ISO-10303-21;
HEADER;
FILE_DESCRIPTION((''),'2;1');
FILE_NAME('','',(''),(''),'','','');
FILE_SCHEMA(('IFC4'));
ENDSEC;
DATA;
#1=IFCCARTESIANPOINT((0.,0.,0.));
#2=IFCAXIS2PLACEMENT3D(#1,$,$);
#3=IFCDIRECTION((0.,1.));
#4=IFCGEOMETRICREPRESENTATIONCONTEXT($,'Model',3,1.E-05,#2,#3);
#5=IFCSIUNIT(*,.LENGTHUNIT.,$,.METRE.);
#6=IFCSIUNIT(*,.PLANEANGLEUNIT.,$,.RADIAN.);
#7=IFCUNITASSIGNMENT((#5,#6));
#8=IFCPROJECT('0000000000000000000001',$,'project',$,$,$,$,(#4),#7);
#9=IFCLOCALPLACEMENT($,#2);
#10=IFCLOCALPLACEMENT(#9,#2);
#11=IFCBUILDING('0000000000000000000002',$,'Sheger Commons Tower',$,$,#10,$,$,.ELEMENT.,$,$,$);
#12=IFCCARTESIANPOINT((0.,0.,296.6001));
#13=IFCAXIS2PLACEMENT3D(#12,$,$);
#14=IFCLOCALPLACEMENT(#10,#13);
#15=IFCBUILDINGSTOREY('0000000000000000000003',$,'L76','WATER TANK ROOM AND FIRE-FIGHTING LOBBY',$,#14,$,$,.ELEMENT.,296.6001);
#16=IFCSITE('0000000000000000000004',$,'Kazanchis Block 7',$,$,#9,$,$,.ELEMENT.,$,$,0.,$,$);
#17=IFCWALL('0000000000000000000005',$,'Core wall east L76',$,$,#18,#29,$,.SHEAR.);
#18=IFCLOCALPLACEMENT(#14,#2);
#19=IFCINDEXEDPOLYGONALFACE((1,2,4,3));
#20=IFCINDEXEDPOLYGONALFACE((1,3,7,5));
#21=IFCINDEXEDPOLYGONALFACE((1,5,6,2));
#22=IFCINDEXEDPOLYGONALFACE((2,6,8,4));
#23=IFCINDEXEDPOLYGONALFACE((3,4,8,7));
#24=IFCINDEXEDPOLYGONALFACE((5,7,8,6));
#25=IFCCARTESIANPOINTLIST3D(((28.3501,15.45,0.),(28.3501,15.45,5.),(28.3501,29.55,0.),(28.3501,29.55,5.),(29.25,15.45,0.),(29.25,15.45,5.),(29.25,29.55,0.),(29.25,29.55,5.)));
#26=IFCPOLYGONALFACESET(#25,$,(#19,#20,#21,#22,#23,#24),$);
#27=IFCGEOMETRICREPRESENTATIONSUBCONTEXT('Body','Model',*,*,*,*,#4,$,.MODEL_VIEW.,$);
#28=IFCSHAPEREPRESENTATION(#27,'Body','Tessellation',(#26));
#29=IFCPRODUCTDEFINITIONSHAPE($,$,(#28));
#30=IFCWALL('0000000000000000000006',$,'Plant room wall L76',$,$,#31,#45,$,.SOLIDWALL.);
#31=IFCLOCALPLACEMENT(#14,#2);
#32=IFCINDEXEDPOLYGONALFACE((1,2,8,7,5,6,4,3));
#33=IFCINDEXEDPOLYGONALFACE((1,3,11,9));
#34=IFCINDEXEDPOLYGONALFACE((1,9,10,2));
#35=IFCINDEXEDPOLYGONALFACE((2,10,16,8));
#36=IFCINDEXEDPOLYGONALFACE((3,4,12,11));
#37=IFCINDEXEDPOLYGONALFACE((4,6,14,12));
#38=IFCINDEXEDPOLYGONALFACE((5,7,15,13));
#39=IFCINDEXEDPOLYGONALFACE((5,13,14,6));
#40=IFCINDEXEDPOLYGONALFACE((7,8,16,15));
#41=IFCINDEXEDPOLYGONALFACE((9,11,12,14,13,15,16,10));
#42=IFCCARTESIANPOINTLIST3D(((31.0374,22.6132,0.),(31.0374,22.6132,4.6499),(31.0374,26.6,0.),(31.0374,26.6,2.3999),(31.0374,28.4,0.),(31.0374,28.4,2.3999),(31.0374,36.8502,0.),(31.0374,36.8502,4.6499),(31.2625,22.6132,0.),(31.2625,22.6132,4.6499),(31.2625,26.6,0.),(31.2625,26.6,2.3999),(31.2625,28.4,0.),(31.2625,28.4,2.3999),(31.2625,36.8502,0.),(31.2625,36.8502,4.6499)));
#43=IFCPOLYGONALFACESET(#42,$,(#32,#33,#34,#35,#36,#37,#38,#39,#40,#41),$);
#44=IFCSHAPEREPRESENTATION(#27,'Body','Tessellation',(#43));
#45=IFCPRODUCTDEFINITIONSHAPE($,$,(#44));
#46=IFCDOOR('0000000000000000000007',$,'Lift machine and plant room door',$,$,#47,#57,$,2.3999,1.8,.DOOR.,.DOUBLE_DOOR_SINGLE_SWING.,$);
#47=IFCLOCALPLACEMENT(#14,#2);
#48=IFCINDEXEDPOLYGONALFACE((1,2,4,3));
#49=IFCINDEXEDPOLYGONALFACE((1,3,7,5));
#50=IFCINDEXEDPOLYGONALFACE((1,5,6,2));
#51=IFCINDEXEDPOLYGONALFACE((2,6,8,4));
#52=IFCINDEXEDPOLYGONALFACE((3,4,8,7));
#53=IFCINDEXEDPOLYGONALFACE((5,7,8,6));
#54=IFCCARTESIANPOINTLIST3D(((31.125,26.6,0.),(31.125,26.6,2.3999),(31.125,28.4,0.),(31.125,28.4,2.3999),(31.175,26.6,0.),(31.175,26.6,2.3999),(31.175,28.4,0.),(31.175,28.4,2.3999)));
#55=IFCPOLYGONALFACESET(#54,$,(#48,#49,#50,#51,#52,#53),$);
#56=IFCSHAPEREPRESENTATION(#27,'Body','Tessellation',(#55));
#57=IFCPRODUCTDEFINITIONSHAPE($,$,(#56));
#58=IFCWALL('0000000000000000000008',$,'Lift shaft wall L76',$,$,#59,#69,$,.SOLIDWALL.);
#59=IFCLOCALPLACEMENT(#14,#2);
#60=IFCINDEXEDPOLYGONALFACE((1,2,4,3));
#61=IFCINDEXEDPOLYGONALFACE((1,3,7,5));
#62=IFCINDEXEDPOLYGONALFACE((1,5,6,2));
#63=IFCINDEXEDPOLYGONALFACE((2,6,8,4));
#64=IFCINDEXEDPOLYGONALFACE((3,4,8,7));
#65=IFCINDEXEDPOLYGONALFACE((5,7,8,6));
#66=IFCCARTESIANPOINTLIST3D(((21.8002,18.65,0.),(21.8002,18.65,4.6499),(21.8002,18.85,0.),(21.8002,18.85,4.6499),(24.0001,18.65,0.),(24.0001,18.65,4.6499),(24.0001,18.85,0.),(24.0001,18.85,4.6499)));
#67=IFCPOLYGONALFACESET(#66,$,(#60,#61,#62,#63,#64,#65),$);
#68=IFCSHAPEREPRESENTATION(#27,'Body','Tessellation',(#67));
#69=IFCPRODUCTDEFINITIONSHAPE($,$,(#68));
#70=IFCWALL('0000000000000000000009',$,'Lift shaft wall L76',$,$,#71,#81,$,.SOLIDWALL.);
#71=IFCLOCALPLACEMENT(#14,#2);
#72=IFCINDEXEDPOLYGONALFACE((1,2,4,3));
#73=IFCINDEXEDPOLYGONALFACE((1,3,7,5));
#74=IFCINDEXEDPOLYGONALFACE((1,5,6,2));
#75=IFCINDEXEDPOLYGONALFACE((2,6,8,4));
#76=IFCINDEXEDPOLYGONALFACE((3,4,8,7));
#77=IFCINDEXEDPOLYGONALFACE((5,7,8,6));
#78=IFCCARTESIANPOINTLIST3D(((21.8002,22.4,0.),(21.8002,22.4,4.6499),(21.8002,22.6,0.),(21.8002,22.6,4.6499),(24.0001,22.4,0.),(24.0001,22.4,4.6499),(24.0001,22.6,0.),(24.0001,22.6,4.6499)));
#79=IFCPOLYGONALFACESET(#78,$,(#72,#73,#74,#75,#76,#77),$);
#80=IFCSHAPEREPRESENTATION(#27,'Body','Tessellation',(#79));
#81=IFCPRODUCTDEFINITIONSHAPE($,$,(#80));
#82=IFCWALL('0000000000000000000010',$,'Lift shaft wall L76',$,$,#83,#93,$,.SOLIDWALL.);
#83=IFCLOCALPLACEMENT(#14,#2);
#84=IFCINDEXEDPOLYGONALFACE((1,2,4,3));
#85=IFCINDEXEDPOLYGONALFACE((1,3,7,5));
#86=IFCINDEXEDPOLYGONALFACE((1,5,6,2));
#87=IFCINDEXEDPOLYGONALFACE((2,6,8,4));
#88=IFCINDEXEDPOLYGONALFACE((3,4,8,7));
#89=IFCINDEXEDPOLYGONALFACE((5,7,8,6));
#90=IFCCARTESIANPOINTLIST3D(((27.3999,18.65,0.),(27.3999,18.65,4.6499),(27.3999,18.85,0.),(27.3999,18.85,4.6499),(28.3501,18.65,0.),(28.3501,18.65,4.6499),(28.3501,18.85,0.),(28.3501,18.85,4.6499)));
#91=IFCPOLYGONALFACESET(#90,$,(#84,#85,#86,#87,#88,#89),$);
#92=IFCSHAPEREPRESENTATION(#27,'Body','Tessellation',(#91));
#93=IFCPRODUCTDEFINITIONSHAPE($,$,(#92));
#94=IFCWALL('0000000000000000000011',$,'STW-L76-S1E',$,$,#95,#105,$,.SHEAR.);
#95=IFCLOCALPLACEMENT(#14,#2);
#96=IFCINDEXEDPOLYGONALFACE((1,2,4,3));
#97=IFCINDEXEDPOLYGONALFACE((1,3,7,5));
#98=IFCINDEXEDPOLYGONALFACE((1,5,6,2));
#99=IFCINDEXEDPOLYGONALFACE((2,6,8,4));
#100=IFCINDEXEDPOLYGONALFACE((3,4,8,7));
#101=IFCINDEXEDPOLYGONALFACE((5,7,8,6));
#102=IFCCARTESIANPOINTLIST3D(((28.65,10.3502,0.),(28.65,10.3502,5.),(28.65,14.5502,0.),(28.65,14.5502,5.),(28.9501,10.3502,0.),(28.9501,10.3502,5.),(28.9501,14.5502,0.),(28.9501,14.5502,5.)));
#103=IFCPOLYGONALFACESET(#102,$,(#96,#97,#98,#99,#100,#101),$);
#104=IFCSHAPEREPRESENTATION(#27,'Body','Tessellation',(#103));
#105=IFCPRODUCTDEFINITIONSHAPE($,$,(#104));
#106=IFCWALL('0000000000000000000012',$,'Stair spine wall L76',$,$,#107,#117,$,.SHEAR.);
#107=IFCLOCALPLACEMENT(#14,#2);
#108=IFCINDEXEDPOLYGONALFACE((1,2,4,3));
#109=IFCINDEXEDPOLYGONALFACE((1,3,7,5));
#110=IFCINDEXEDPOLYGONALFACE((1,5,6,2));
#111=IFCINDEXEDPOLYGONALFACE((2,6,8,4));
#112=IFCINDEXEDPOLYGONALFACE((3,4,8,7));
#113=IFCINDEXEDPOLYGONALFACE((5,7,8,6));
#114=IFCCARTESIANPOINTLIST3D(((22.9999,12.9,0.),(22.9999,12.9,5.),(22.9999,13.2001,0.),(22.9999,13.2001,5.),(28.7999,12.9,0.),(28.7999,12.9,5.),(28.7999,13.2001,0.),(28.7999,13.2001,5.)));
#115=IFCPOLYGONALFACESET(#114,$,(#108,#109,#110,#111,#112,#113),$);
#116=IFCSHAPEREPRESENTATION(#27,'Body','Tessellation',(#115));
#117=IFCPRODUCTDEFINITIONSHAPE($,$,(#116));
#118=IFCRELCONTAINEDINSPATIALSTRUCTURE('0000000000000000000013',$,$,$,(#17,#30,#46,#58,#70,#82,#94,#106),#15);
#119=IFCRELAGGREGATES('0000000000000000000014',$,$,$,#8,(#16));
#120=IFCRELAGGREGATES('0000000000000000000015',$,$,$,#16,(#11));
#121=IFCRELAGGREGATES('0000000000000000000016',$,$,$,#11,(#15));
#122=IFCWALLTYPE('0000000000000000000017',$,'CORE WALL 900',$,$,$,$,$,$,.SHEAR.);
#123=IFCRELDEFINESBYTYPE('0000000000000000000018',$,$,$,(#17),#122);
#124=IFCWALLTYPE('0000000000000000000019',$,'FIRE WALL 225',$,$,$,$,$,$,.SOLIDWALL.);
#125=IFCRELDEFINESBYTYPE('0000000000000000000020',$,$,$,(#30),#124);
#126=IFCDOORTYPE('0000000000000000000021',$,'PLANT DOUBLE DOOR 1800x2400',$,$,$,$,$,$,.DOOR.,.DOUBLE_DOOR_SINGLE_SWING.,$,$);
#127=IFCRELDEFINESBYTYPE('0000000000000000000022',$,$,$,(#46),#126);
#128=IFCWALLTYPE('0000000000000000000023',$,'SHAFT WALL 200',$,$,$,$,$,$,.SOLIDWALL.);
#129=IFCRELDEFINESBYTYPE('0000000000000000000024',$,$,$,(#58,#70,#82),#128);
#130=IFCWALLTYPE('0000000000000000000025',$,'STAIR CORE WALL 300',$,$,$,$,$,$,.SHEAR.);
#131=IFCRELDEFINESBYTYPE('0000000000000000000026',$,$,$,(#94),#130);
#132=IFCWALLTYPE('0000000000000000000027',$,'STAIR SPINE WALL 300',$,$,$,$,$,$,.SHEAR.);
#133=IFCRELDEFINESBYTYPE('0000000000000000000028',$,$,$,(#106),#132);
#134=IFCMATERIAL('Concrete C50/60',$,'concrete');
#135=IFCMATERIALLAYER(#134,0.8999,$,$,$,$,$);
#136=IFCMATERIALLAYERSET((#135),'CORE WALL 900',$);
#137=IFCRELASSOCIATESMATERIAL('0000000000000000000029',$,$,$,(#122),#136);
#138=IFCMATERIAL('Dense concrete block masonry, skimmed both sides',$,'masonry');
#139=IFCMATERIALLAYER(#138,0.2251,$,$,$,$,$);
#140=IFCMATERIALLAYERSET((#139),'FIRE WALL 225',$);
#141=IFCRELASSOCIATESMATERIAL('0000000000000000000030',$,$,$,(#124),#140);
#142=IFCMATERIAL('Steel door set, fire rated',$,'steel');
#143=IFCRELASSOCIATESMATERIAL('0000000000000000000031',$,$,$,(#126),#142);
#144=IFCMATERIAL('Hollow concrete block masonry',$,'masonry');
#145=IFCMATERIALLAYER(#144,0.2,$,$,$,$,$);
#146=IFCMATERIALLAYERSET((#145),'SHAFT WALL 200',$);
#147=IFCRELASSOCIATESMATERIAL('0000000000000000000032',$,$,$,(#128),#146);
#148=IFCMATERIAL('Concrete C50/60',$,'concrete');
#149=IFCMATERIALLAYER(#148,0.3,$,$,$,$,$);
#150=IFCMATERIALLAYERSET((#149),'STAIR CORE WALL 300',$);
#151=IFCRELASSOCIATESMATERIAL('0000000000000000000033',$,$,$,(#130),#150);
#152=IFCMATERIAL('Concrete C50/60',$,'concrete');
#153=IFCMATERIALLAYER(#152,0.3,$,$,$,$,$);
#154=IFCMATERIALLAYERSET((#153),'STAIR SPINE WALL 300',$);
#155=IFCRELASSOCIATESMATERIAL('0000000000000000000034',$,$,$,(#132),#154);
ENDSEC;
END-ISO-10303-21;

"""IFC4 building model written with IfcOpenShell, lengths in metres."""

from ifc_helpers import new_model, si_unit, direction, frame, frame_2d, origin, place, context, subcontext, project, spatial, rectangle, extrude, material, layer, layer_set, type_object, element, fill, save


model = new_model("IFC4")

# Units and contexts
model_context = context("Model", 3, precision=1e-05, world=origin(), true_north=direction((0.0, 1.0)))
body_context = subcontext(model_context, "Body", "Model", "MODEL_VIEW")
ifc_project = project(units=[si_unit("LENGTHUNIT", "METRE"), si_unit("PLANEANGLEUNIT", "RADIAN")], contexts=[model_context])

# Site, building, storey
site_placement = place(None, origin())
site = spatial("IfcSite", under=ifc_project, at=site_placement, Name="Kazanchis Block 7", CompositionType="ELEMENT", RefElevation=0.0)
building_placement = place(site_placement, origin())
building = spatial("IfcBuilding", under=site, at=building_placement, Name="Sheger Commons Tower", CompositionType="ELEMENT")
storey_placement = place(building_placement, frame((0.0, 0.0, 296.6001)))
storey = spatial("IfcBuildingStorey", under=building, at=storey_placement, Name="L76", Description="WATER TANK ROOM AND FIRE-FIGHTING LOBBY", CompositionType="ELEMENT", Elevation=296.6001)

# Wall
ifc_material_1 = material(Name="Concrete C50/60", Category="concrete")
ifc_layer_1 = layer(ifc_material_1, 0.8999)
ifc_layer_set_1 = layer_set([ifc_layer_1], Name="CORE WALL 900")
wall_type_1 = type_object("IfcWallType", Name="CORE WALL 900", PredefinedType="SHEAR", material=ifc_layer_set_1)
wall_1_placement = place(storey_placement, frame((28.8, 15.45, 0.0), z_axis=(0.0, 0.0, 1.0), x_axis=(0.0, 1.0, 0.0)))
element("IfcWall", 1, at=wall_1_placement, inside=storey, type_object=wall_type_1, Name="Core wall east L76", PredefinedType="SHEAR", context=body_context, shape_type="SweptSolid", body=[
    extrude(rectangle(XDim=14.1001, YDim=0.8999, at=frame_2d((7.05, 0.0))), origin(), (0.0, 0.0, 1.0), 5.0),
])

# Wall, opening, door
ifc_material_2 = material(Name="Dense concrete block masonry, skimmed both sides", Category="masonry")
ifc_layer_2 = layer(ifc_material_2, 0.2251)
ifc_layer_set_2 = layer_set([ifc_layer_2], Name="FIRE WALL 225")
wall_type_2 = type_object("IfcWallType", Name="FIRE WALL 225", PredefinedType="SOLIDWALL", material=ifc_layer_set_2)
ifc_material_3 = material(Name="Steel door set, fire rated", Category="steel")
door_type_1 = type_object("IfcDoorType", Name="PLANT DOUBLE DOOR 1800x2400", OperationType="DOUBLE_DOOR_SINGLE_SWING", PredefinedType="DOOR", material=ifc_material_3)
wall_2_placement = place(storey_placement, frame((31.1499, 22.613, 0.0), z_axis=(0.0, 0.0, 1.0), x_axis=(0.0, 1.0, 0.0)))
wall_2 = element("IfcWall", 2, at=wall_2_placement, inside=storey, type_object=wall_type_2, Name="Plant room wall L76", PredefinedType="SOLIDWALL", context=body_context, shape_type="SweptSolid", body=[
    extrude(rectangle(XDim=14.2371, YDim=0.2251, at=frame_2d((7.1187, 0.0))), origin(), (0.0, 0.0, 1.0), 4.6499),
])
opening_1_placement = place(wall_2_placement, frame((3.9871, 0.0, 0.0)))
opening_1 = element("IfcOpeningElement", 3, at=opening_1_placement, cuts=wall_2, PredefinedType="OPENING", context=body_context, shape_type="SweptSolid", body=[
    extrude(rectangle(XDim=1.8, YDim=2.3999, at=frame_2d((0.8999, 1.2))), frame((0.0, 0.1226, 0.0), z_axis=(0.0, -1.0, 0.0), x_axis=(1.0, 0.0, 0.0)), (0.0, 0.0, 1.0), 0.2451),
])
door_1_placement = place(opening_1_placement, origin())
door_1 = element("IfcDoor", 4, at=door_1_placement, inside=storey, type_object=door_type_1, Name="Lift machine and plant room door", OperationType="DOUBLE_DOOR_SINGLE_SWING", OverallHeight=2.3999, OverallWidth=1.8, PredefinedType="DOOR", context=body_context, shape_type="SweptSolid", body=[
    extrude(rectangle(XDim=1.8, YDim=2.3999, at=frame_2d((0.8999, 1.2))), frame((0.0, 0.0249, 0.0), z_axis=(0.0, -1.0, 0.0), x_axis=(1.0, 0.0, 0.0)), (0.0, 0.0, 1.0), 0.05),
])
fill(opening_1, door_1)

# Walls
ifc_material_4 = material(Name="Hollow concrete block masonry", Category="masonry")
ifc_layer_3 = layer(ifc_material_4, 0.2)
ifc_layer_set_3 = layer_set([ifc_layer_3], Name="SHAFT WALL 200")
wall_type_3 = type_object("IfcWallType", Name="SHAFT WALL 200", PredefinedType="SOLIDWALL", material=ifc_layer_set_3)
for number, where, z_axis, x_axis, name in (
    (5, (21.8, 18.75, 0.0), (0.0, 0.0, 1.0), (1.0, 0.0, 0.0), "Lift shaft wall L76"),
    (6, (21.8, 22.5, 0.0), (0.0, 0.0, 1.0), (1.0, 0.0, 0.0), "Lift shaft wall L76"),
):
    element("IfcWall", number, at=place(storey_placement, frame(where, z_axis=z_axis, x_axis=x_axis)), inside=storey, type_object=wall_type_3, Name=name, PredefinedType="SOLIDWALL", context=body_context, shape_type="SweptSolid", body=[
        extrude(rectangle(XDim=2.2, YDim=0.2, at=frame_2d((1.1001, 0.0))), origin(), (0.0, 0.0, 1.0), 4.6499),
    ])
wall_3_placement = place(storey_placement, frame((27.3999, 18.75, 0.0), z_axis=(0.0, 0.0, 1.0), x_axis=(1.0, 0.0, 0.0)))
element("IfcWall", 7, at=wall_3_placement, inside=storey, type_object=wall_type_3, Name="Lift shaft wall L76", PredefinedType="SOLIDWALL", context=body_context, shape_type="SweptSolid", body=[
    extrude(rectangle(XDim=0.9502, YDim=0.2, at=frame_2d((0.4751, 0.0))), origin(), (0.0, 0.0, 1.0), 4.6499),
])
ifc_material_5 = material(Name="Concrete C50/60", Category="concrete")
ifc_layer_4 = layer(ifc_material_5, 0.3)
ifc_layer_set_4 = layer_set([ifc_layer_4], Name="STAIR CORE WALL 300")
wall_type_4 = type_object("IfcWallType", Name="STAIR CORE WALL 300", PredefinedType="SHEAR", material=ifc_layer_set_4)
wall_4_placement = place(storey_placement, frame((28.8, 10.3501, 0.0), z_axis=(0.0, 0.0, 1.0), x_axis=(0.0, 1.0, 0.0)))
element("IfcWall", 8, at=wall_4_placement, inside=storey, type_object=wall_type_4, Name="STW-L76-S1E", PredefinedType="SHEAR", context=body_context, shape_type="SweptSolid", body=[
    extrude(rectangle(XDim=4.2, YDim=0.3, at=frame_2d((2.1001, 0.0))), origin(), (0.0, 0.0, 1.0), 5.0),
])
ifc_material_6 = material(Name="Concrete C50/60", Category="concrete")
ifc_layer_5 = layer(ifc_material_6, 0.3)
ifc_layer_set_5 = layer_set([ifc_layer_5], Name="STAIR SPINE WALL 300")
wall_type_5 = type_object("IfcWallType", Name="STAIR SPINE WALL 300", PredefinedType="SHEAR", material=ifc_layer_set_5)
wall_5_placement = place(storey_placement, frame((23.0, 13.05, 0.0), z_axis=(0.0, 0.0, 1.0), x_axis=(1.0, 0.0, 0.0)))
element("IfcWall", 9, at=wall_5_placement, inside=storey, type_object=wall_type_5, Name="Stair spine wall L76", PredefinedType="SHEAR", context=body_context, shape_type="SweptSolid", body=[
    extrude(rectangle(XDim=5.8, YDim=0.3, at=frame_2d((2.8999, 0.0))), origin(), (0.0, 0.0, 1.0), 5.0),
])

save(model, "model.ifc")
